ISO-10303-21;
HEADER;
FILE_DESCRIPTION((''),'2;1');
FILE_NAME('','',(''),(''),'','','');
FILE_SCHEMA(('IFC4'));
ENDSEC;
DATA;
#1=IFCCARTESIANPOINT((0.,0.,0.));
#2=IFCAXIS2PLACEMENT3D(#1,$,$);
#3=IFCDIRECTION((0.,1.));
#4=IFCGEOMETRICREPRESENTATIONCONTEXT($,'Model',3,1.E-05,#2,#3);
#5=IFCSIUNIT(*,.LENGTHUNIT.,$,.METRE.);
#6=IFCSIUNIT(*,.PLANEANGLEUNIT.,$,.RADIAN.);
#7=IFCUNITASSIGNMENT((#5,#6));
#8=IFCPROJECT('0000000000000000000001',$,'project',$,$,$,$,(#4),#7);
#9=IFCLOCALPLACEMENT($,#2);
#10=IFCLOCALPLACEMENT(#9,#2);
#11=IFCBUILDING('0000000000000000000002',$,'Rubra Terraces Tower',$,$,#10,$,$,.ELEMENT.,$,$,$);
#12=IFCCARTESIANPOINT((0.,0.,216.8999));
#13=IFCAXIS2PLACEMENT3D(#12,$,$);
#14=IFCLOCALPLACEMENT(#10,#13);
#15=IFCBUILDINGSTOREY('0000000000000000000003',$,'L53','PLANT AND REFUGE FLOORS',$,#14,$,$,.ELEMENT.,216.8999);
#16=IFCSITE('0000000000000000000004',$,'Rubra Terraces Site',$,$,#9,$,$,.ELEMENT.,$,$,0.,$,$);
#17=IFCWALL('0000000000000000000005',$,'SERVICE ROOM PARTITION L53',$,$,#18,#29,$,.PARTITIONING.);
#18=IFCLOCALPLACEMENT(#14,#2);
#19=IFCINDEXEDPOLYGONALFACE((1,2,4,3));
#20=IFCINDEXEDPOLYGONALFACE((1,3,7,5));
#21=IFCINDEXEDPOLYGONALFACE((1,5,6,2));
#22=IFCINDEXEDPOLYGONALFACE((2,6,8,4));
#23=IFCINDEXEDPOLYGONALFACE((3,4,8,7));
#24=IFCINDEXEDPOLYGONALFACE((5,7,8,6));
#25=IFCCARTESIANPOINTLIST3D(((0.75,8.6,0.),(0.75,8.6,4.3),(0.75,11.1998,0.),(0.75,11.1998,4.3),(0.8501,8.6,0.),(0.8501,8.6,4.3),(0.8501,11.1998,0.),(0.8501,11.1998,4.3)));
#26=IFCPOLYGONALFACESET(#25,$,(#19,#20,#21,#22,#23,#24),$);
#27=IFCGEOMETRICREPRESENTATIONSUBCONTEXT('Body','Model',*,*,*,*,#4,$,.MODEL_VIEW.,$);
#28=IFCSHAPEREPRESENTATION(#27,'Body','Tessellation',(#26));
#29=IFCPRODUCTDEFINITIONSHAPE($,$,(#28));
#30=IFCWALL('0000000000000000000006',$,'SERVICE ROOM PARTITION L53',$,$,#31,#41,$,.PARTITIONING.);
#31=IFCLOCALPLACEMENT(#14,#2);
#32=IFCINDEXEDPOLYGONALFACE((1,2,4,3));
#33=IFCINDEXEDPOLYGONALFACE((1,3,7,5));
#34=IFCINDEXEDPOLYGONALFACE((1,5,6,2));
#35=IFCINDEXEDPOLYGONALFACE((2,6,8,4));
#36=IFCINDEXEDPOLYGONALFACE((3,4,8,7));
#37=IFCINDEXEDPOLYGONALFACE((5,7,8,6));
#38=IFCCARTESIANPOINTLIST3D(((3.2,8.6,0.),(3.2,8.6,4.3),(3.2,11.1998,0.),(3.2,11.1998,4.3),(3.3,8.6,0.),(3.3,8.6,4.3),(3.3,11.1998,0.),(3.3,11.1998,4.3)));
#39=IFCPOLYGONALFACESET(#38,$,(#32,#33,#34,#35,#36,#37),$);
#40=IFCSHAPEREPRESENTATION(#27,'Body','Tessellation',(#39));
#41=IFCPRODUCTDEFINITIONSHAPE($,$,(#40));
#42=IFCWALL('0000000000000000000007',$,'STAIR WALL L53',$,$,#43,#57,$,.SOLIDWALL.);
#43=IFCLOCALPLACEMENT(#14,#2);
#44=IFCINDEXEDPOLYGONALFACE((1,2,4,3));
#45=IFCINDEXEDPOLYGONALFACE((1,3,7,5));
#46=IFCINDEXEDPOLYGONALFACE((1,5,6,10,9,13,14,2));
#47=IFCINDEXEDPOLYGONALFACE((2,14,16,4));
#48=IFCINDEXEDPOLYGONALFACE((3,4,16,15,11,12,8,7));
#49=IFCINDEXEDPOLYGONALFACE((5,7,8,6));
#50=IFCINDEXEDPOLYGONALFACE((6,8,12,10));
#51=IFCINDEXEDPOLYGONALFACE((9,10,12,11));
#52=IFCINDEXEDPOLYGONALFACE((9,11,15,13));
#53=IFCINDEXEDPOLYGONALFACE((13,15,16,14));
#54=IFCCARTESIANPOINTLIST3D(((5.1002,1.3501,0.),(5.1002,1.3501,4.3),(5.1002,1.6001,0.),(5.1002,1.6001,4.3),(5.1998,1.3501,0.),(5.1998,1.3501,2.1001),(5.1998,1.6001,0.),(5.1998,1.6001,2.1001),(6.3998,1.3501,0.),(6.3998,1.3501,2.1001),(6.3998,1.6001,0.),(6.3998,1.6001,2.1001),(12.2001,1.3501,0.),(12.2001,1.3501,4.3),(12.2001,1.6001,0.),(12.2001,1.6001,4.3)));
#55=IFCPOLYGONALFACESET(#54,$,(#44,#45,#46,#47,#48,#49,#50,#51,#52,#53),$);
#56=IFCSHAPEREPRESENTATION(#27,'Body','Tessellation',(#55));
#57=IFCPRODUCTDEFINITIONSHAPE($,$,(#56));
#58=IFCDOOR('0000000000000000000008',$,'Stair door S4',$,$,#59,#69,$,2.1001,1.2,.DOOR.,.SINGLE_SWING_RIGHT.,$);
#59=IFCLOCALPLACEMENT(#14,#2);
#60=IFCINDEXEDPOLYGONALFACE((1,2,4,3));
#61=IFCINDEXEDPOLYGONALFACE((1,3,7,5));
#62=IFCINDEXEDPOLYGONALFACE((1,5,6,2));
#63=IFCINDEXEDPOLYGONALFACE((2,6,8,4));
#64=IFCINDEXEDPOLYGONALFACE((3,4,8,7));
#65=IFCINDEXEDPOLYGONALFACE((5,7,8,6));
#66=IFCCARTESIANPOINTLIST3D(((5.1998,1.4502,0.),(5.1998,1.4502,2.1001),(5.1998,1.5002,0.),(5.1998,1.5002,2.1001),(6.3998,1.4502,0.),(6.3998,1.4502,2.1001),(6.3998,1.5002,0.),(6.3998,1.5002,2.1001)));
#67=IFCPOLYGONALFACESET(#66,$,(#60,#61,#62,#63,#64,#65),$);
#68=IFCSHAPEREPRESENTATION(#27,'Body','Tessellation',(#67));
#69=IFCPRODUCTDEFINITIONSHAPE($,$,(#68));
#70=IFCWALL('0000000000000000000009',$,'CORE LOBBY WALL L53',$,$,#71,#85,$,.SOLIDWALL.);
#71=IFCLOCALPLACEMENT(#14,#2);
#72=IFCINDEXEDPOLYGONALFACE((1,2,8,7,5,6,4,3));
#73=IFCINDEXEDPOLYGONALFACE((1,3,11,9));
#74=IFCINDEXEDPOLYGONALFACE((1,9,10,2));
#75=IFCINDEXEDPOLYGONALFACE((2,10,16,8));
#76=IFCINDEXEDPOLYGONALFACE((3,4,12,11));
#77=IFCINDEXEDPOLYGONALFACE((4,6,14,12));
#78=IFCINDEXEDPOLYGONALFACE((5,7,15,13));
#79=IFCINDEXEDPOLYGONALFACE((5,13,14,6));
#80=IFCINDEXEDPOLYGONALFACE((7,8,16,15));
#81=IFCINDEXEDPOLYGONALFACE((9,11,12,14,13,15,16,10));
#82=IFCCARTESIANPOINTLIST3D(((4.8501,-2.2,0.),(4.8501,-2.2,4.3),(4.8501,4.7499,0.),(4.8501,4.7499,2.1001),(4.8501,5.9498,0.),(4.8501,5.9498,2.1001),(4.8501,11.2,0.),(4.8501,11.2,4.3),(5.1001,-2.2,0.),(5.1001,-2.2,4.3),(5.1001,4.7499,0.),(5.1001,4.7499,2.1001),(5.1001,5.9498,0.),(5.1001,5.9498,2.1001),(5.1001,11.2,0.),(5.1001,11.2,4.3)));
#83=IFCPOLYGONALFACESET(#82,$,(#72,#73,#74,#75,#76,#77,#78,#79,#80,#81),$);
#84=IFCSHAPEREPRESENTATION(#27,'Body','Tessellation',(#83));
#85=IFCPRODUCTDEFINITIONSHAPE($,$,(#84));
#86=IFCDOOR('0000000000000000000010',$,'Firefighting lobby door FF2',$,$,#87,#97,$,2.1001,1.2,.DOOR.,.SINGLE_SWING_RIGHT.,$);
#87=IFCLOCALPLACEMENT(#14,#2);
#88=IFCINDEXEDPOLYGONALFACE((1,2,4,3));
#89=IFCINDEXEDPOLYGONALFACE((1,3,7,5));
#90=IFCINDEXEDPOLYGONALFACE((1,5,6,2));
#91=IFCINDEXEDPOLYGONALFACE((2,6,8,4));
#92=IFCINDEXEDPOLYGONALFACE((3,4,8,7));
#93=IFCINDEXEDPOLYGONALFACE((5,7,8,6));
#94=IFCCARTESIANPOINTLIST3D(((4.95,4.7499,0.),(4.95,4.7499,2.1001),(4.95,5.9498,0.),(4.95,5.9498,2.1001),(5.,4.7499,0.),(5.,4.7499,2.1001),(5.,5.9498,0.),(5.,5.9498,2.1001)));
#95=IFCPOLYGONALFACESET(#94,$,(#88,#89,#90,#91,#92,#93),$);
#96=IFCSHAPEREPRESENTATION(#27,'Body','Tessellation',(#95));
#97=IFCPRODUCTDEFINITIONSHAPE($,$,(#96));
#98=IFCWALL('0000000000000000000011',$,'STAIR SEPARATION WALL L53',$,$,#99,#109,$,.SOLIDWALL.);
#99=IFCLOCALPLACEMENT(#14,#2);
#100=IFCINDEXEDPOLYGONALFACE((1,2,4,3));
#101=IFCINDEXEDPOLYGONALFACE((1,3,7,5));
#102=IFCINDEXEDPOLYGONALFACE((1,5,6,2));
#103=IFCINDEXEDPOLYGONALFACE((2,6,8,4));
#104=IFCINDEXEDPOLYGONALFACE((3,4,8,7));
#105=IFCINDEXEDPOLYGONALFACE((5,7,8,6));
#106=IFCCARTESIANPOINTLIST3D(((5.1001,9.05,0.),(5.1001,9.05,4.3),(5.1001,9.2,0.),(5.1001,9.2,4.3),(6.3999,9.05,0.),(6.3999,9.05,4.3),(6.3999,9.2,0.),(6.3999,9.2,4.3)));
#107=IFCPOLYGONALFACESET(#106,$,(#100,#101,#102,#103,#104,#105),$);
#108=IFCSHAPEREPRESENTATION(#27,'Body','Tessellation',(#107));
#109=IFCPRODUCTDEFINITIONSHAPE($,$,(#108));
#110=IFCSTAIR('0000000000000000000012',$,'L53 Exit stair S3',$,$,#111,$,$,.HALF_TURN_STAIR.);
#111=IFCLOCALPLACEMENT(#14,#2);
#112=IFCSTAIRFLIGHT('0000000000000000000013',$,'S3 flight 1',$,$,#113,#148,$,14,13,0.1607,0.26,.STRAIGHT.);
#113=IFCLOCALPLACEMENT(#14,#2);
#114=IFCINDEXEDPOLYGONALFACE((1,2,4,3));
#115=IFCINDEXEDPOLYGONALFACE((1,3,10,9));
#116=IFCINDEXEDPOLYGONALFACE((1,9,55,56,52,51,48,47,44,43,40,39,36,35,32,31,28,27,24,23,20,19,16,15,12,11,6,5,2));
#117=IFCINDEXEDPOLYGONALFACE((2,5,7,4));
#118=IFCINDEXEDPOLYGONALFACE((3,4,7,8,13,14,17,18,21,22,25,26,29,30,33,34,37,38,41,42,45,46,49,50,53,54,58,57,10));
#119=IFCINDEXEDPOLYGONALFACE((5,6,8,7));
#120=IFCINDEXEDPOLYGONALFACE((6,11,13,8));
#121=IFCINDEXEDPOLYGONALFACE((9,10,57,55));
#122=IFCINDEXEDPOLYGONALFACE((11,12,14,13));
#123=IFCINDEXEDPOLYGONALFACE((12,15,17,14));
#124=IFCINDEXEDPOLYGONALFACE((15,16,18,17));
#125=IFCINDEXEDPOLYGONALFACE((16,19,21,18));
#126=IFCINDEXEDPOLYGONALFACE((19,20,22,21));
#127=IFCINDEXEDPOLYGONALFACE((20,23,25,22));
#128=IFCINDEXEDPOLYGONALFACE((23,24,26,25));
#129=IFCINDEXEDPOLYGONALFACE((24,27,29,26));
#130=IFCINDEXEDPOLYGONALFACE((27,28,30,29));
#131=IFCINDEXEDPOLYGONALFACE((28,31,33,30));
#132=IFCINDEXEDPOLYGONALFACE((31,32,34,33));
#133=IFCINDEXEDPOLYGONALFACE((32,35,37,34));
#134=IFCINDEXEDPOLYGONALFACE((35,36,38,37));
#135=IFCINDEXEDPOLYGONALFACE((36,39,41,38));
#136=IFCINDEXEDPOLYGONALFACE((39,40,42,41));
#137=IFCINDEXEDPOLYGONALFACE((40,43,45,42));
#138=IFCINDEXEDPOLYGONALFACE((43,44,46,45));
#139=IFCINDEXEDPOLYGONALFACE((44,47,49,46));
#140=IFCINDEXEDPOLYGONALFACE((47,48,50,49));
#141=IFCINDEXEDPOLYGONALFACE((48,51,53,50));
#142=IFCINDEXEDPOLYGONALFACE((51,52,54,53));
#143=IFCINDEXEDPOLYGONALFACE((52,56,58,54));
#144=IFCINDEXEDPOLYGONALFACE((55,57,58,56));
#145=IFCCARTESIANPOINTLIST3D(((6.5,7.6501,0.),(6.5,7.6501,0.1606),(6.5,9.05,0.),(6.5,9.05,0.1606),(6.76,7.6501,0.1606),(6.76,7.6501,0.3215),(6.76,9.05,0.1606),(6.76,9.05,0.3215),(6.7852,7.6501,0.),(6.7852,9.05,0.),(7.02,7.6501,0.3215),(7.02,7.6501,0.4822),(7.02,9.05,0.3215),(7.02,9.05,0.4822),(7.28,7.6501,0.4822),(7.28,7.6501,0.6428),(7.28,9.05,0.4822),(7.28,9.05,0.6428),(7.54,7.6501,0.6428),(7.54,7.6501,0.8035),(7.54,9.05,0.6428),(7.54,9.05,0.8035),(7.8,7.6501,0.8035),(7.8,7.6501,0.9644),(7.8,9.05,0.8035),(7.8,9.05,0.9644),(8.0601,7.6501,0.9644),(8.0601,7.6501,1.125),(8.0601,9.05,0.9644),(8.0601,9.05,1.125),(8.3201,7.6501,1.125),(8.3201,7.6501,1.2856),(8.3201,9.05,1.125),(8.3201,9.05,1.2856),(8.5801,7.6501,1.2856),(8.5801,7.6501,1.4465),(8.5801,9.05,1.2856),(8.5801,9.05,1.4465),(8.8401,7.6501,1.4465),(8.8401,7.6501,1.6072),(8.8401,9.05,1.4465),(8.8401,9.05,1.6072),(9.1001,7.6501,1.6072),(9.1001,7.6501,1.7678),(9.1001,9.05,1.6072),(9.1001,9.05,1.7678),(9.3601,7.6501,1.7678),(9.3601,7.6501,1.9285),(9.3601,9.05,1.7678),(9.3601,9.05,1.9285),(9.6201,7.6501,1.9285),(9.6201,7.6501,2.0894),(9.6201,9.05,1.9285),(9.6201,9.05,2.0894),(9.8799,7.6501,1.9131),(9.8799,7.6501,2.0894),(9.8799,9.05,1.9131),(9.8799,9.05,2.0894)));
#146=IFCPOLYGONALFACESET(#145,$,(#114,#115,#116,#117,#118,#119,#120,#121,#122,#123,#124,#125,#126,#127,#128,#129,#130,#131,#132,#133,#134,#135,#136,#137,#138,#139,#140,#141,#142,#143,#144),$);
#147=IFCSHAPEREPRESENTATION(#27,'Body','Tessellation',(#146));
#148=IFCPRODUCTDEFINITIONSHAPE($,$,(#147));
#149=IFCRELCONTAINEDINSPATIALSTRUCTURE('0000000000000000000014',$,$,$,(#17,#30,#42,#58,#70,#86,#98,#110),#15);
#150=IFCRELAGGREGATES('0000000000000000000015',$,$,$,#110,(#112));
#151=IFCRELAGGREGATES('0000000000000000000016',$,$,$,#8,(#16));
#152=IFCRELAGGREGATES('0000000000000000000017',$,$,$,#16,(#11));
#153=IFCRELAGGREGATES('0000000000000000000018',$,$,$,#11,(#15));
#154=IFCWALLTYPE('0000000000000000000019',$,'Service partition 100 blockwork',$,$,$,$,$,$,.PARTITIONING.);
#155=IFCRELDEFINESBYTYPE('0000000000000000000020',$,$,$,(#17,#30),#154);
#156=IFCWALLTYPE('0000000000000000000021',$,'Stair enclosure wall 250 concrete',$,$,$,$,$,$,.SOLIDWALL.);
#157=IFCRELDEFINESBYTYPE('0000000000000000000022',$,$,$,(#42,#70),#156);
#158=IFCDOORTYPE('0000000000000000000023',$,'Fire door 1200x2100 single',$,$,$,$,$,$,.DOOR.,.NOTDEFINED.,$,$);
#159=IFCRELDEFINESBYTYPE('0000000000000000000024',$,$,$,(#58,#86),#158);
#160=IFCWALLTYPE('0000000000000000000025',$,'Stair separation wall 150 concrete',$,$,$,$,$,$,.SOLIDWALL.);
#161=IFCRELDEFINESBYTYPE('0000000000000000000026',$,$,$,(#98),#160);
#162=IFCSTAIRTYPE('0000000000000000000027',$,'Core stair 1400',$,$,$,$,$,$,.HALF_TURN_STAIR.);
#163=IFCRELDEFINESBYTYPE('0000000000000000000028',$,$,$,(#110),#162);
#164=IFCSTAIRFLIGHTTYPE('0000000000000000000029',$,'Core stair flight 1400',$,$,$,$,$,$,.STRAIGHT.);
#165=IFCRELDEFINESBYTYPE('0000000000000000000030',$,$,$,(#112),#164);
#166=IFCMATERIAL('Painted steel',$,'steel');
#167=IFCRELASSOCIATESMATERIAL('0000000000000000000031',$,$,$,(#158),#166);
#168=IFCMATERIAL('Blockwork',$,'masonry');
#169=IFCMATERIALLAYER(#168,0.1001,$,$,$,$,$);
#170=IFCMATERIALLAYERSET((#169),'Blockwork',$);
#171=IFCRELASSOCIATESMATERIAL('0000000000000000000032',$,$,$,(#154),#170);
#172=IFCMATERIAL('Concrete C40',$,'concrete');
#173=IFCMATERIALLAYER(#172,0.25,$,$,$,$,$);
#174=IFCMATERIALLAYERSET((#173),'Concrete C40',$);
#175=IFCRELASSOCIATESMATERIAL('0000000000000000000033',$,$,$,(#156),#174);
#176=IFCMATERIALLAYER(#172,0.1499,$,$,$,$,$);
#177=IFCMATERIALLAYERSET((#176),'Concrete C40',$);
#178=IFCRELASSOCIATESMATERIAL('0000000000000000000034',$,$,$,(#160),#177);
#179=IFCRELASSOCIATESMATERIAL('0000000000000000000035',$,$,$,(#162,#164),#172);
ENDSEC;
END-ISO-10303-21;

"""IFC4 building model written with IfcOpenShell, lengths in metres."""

from ifc_helpers import new_model, si_unit, direction, frame, frame_2d, origin, place, context, subcontext, project, spatial, polyline, rectangle, outline, extrude, material, layer, layer_set, type_object, element, fill, aggregate, save


model = new_model("IFC4")

# Units and contexts
model_context = context("Model", 3, precision=1e-05, world=origin(), true_north=direction((0.0, 1.0)))
body_context = subcontext(model_context, "Body", "Model", "MODEL_VIEW")
ifc_project = project(units=[si_unit("LENGTHUNIT", "METRE"), si_unit("PLANEANGLEUNIT", "RADIAN")], contexts=[model_context])

# Site, building, storey
site_placement = place(None, origin())
site = spatial("IfcSite", under=ifc_project, at=site_placement, Name="Rubra Terraces Site", CompositionType="ELEMENT", RefElevation=0.0)
building_placement = place(site_placement, origin())
building = spatial("IfcBuilding", under=site, at=building_placement, Name="Rubra Terraces Tower", CompositionType="ELEMENT")
storey_placement = place(building_placement, frame((0.0, 0.0, 216.8999)))
storey = spatial("IfcBuildingStorey", under=building, at=storey_placement, Name="L53", Description="PLANT AND REFUGE FLOORS", CompositionType="ELEMENT", Elevation=216.8999)

# Shared definitions
ifc_material_1 = material(Name="Concrete C40", Category="concrete")

# Shared definitions
ifc_material_2 = material(Name="Painted steel", Category="steel")
door_type_1 = type_object("IfcDoorType", Name="Fire door 1200x2100 single", OperationType="NOTDEFINED", PredefinedType="DOOR", material=ifc_material_2)

# Shared definitions
ifc_material_3 = material(Name="Blockwork", Category="masonry")

# Walls
ifc_layer_1 = layer(ifc_material_3, 0.1001)
ifc_layer_set_1 = layer_set([ifc_layer_1], Name="Blockwork")
wall_type_1 = type_object("IfcWallType", Name="Service partition 100 blockwork", PredefinedType="PARTITIONING", material=ifc_layer_set_1)
for number, where, z_axis, x_axis, name in (
    (1, (0.8, 8.6001, 0.0), (0.0, 0.0, 1.0), (0.0, 1.0, 0.0), "SERVICE ROOM PARTITION L53"),
    (2, (3.25, 8.6001, 0.0), (0.0, 0.0, 1.0), (0.0, 1.0, 0.0), "SERVICE ROOM PARTITION L53"),
):
    element("IfcWall", number, at=place(storey_placement, frame(where, z_axis=z_axis, x_axis=x_axis)), inside=storey, type_object=wall_type_1, Name=name, PredefinedType="PARTITIONING", context=body_context, shape_type="SweptSolid", body=[
        extrude(rectangle(XDim=2.5999, YDim=0.1001, at=frame_2d((1.2998, 0.0))), origin(), (0.0, 0.0, 1.0), 4.3),
    ])

# Walls, openings, doors
ifc_layer_2 = layer(ifc_material_1, 0.25)
ifc_layer_set_2 = layer_set([ifc_layer_2], Name="Concrete C40")
wall_type_2 = type_object("IfcWallType", Name="Stair enclosure wall 250 concrete", PredefinedType="SOLIDWALL", material=ifc_layer_set_2)
wall_1_placement = place(storey_placement, frame((12.2, 1.4751, 0.0), z_axis=(0.0, 0.0, 1.0), x_axis=(-1.0, 0.0, 0.0)))
wall_1 = element("IfcWall", 3, at=wall_1_placement, inside=storey, type_object=wall_type_2, Name="STAIR WALL L53", PredefinedType="SOLIDWALL", context=body_context, shape_type="SweptSolid", body=[
    extrude(rectangle(XDim=7.0999, YDim=0.25, at=frame_2d((3.5498, 0.0))), origin(), (0.0, 0.0, 1.0), 4.3),
])
opening_1_placement = place(wall_1_placement, frame((5.8, 0.0, 0.0)))
opening_1 = element("IfcOpeningElement", 4, at=opening_1_placement, cuts=wall_1, PredefinedType="OPENING", context=body_context, shape_type="SweptSolid", body=[
    extrude(rectangle(XDim=1.2, YDim=2.1001, at=frame_2d((0.6001, 1.05))), frame((0.0, 0.135, 0.0), z_axis=(0.0, -1.0, 0.0), x_axis=(1.0, 0.0, 0.0)), (0.0, 0.0, 1.0), 0.27),
])
door_1_placement = place(opening_1_placement, origin())
door_1 = element("IfcDoor", 5, at=door_1_placement, inside=storey, type_object=door_type_1, Name="Stair door S4", OperationType="SINGLE_SWING_RIGHT", OverallHeight=2.1001, OverallWidth=1.2, PredefinedType="DOOR", context=body_context, shape_type="SweptSolid", body=[
    extrude(rectangle(XDim=1.2, YDim=2.1001, at=frame_2d((0.6001, 1.05))), frame((0.0, 0.0249, 0.0), z_axis=(0.0, -1.0, 0.0), x_axis=(1.0, 0.0, 0.0)), (0.0, 0.0, 1.0), 0.05),
])
fill(opening_1, door_1)
wall_2_placement = place(storey_placement, frame((4.9751, 11.2, 0.0), z_axis=(0.0, 0.0, 1.0), x_axis=(0.0, -1.0, 0.0)))
wall_2 = element("IfcWall", 6, at=wall_2_placement, inside=storey, type_object=wall_type_2, Name="CORE LOBBY WALL L53", PredefinedType="SOLIDWALL", context=body_context, shape_type="SweptSolid", body=[
    extrude(rectangle(XDim=13.3999, YDim=0.25, at=frame_2d((6.7, 0.0))), origin(), (0.0, 0.0, 1.0), 4.3),
])
opening_2_placement = place(wall_2_placement, frame((5.25, 0.0, 0.0)))
opening_2 = element("IfcOpeningElement", 7, at=opening_2_placement, cuts=wall_2, PredefinedType="OPENING", context=body_context, shape_type="SweptSolid", body=[
    extrude(rectangle(XDim=1.2, YDim=2.1001, at=frame_2d((0.6001, 1.05))), frame((0.0, 0.135, 0.0), z_axis=(0.0, -1.0, 0.0), x_axis=(1.0, 0.0, 0.0)), (0.0, 0.0, 1.0), 0.27),
])
door_2_placement = place(opening_2_placement, origin())
door_2 = element("IfcDoor", 8, at=door_2_placement, inside=storey, type_object=door_type_1, Name="Firefighting lobby door FF2", OperationType="SINGLE_SWING_RIGHT", OverallHeight=2.1001, OverallWidth=1.2, PredefinedType="DOOR", context=body_context, shape_type="SweptSolid", body=[
    extrude(rectangle(XDim=1.2, YDim=2.1001, at=frame_2d((0.6001, 1.05))), frame((0.0, 0.0249, 0.0), z_axis=(0.0, -1.0, 0.0), x_axis=(1.0, 0.0, 0.0)), (0.0, 0.0, 1.0), 0.05),
])
fill(opening_2, door_2)

# Wall
ifc_layer_3 = layer(ifc_material_1, 0.1499)
ifc_layer_set_3 = layer_set([ifc_layer_3], Name="Concrete C40")
wall_type_3 = type_object("IfcWallType", Name="Stair separation wall 150 concrete", PredefinedType="SOLIDWALL", material=ifc_layer_set_3)
wall_3_placement = place(storey_placement, frame((6.3999, 9.125, 0.0), z_axis=(0.0, 0.0, 1.0), x_axis=(-1.0, 0.0, 0.0)))
element("IfcWall", 9, at=wall_3_placement, inside=storey, type_object=wall_type_3, Name="STAIR SEPARATION WALL L53", PredefinedType="SOLIDWALL", context=body_context, shape_type="SweptSolid", body=[
    extrude(rectangle(XDim=1.2998, YDim=0.1499, at=frame_2d((0.6499, 0.0))), origin(), (0.0, 0.0, 1.0), 4.3),
])

# Stair, stair flight
stair_type = type_object("IfcStairType", Name="Core stair 1400", PredefinedType="HALF_TURN_STAIR", material=ifc_material_1)
stair_placement = place(storey_placement, origin())
stair = element("IfcStair", 10, at=stair_placement, inside=storey, type_object=stair_type, Name="L53 Exit stair S3", PredefinedType="HALF_TURN_STAIR")
stair_flight_type = type_object("IfcStairFlightType", Name="Core stair flight 1400", PredefinedType="STRAIGHT", material=ifc_material_1)
stair_flight_1_placement = place(storey_placement, frame((6.5, 8.3501, 0.0), z_axis=(0.0, 0.0, 1.0), x_axis=(1.0, 0.0, 0.0)))
stair_flight_1 = element("IfcStairFlight", 11, at=stair_flight_1_placement, type_object=stair_flight_type, Name="S3 flight 1", NumberOfRisers=14, NumberOfTreads=13, PredefinedType="STRAIGHT", RiserHeight=0.1607, TreadLength=0.26, context=body_context, shape_type="SweptSolid", body=[
    extrude(outline(polyline([(0.0, 0.0), (0.0, 0.1606), (0.26, 0.1606), (0.26, 0.3215), (0.52, 0.3215), (0.52, 0.4822), (0.78, 0.4822), (0.78, 0.6428), (1.04, 0.6428), (1.04, 0.8035), (1.3, 0.8035), (1.3, 0.9644), (1.5601, 0.9644), (1.5601, 1.125), (1.8201, 1.125), (1.8201, 1.2856), (2.0801, 1.2856), (2.0801, 1.4465), (2.3401, 1.4465), (2.3401, 1.6072), (2.6001, 1.6072), (2.6001, 1.7678), (2.8601, 1.7678), (2.8601, 1.9285), (3.1201, 1.9285), (3.1201, 2.0894), (3.3799, 2.0894), (3.3799, 2.25), (3.3799, 1.9131), (0.2852, 0.0), (0.0, 0.0)])), frame((0.0, 0.7, 0.0), z_axis=(0.0, -1.0, 0.0), x_axis=(1.0, 0.0, 0.0)), (0.0, 0.0, 1.0), 1.3999),
])
aggregate(stair, [stair_flight_1])

save(model, "model.ifc")
